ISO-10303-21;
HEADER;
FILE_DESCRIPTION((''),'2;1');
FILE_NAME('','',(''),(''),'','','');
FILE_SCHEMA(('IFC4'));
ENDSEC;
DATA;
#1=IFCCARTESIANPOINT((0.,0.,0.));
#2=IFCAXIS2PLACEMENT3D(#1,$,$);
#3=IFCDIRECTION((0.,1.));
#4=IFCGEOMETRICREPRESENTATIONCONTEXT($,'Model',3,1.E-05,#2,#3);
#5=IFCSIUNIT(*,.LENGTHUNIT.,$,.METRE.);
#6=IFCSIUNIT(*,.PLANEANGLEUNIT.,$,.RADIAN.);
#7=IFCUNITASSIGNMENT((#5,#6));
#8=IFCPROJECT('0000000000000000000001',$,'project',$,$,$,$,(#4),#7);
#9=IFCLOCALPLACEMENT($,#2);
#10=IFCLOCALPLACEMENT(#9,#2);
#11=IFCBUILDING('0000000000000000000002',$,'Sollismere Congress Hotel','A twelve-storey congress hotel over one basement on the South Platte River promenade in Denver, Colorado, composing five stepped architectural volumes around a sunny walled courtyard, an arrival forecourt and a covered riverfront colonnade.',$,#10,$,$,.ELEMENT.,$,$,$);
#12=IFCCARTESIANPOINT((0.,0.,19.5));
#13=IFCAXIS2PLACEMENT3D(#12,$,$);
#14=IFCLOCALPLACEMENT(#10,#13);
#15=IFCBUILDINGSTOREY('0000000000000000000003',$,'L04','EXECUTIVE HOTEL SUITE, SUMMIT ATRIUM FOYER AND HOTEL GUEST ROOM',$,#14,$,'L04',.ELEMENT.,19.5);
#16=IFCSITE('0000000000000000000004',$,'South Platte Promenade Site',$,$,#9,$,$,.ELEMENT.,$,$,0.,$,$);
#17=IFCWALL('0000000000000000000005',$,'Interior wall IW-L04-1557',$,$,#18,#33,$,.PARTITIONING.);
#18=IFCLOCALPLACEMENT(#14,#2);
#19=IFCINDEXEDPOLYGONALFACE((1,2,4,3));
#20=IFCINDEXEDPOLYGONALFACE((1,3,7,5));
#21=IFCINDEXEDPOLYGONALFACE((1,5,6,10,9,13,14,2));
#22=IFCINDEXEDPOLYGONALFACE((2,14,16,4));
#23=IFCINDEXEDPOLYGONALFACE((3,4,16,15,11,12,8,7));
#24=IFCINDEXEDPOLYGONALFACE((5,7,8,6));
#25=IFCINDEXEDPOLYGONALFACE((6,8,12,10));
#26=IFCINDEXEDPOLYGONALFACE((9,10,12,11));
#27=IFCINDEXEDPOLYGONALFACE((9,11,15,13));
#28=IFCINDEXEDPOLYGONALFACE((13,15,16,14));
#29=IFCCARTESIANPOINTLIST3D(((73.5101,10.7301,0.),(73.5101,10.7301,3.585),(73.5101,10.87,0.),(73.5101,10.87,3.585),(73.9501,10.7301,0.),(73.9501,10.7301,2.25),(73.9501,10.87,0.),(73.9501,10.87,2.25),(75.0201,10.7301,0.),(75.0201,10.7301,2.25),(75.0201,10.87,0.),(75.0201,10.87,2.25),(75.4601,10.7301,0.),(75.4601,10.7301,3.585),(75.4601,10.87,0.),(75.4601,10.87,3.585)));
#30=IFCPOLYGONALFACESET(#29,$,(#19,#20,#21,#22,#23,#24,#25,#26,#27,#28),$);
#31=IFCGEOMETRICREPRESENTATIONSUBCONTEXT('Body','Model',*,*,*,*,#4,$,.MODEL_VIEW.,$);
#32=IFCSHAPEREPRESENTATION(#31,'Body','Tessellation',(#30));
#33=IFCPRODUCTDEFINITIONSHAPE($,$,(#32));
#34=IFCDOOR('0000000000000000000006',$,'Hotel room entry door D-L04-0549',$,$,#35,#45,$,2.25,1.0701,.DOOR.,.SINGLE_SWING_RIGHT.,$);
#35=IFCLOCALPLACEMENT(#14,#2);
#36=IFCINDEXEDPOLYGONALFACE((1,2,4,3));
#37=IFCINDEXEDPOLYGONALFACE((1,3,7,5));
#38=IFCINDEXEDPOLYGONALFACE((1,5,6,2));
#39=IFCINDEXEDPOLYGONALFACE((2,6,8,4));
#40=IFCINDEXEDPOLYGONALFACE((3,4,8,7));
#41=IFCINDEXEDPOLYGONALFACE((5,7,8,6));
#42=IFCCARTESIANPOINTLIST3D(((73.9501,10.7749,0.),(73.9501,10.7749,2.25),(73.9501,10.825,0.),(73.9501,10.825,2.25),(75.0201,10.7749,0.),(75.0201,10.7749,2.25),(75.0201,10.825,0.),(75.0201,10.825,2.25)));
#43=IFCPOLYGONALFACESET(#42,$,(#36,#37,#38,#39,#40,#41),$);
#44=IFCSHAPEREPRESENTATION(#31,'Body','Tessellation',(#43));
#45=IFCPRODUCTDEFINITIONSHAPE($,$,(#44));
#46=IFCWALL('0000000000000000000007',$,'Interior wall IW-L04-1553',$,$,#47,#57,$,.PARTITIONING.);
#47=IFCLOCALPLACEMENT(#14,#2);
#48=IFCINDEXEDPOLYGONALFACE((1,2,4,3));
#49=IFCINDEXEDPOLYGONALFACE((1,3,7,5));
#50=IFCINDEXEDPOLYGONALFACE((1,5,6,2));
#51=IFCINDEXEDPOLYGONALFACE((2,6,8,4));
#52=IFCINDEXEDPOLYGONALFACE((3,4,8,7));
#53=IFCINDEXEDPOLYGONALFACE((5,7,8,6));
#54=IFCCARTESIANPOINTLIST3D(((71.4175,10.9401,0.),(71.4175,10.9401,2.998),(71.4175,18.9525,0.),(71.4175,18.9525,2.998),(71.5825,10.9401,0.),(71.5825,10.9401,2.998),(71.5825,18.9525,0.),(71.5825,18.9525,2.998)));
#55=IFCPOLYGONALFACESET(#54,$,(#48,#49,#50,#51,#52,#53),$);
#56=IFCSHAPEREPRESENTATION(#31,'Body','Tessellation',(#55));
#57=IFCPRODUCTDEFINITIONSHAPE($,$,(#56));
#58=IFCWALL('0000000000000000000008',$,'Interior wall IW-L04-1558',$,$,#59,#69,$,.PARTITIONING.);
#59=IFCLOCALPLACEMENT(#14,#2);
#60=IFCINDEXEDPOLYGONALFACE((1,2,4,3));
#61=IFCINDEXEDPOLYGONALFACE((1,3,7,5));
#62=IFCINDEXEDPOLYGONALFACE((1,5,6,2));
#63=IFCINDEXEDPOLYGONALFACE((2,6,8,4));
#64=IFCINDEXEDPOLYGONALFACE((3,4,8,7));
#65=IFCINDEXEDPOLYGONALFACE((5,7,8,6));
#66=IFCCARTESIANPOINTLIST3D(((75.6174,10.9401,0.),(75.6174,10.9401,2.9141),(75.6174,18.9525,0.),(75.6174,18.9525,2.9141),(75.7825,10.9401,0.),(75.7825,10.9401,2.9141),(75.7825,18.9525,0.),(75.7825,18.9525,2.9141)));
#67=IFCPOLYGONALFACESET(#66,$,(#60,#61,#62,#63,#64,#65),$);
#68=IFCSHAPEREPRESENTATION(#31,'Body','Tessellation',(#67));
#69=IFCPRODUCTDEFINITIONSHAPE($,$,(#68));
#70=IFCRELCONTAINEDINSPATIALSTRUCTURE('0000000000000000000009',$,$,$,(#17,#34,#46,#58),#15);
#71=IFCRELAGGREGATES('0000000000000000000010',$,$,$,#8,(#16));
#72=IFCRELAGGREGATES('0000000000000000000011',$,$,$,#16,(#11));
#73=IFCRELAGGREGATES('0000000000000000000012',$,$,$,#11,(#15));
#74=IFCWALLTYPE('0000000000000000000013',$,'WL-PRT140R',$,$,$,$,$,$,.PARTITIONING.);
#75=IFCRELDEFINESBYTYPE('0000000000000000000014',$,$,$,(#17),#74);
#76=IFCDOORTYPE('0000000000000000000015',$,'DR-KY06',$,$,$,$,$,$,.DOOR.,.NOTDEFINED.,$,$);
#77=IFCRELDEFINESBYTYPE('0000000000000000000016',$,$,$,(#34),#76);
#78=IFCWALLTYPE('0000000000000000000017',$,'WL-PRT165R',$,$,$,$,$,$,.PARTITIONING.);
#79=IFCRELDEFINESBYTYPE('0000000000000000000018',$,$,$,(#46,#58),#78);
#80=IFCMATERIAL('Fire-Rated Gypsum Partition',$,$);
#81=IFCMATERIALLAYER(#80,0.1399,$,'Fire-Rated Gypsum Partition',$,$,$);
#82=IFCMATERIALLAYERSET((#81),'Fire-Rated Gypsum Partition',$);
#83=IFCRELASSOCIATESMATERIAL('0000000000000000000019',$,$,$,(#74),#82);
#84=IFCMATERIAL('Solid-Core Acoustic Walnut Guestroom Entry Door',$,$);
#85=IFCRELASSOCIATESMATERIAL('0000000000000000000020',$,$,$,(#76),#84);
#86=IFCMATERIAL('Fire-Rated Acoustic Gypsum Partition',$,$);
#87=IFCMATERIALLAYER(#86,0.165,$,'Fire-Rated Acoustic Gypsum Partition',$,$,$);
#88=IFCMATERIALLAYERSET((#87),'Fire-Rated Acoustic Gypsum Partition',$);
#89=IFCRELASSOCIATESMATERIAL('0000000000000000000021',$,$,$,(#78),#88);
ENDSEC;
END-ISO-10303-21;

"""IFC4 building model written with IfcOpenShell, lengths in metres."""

from ifc_helpers import new_model, si_unit, direction, frame, frame_2d, origin, place, context, subcontext, project, spatial, rectangle, extrude, material, layer, layer_set, type_object, element, fill, save


model = new_model("IFC4")

# Units and contexts
model_context = context("Model", 3, precision=1e-05, world=origin(), true_north=direction((0.0, 1.0)))
body_context = subcontext(model_context, "Body", "Model", "MODEL_VIEW")
ifc_project = project(units=[si_unit("LENGTHUNIT", "METRE"), si_unit("PLANEANGLEUNIT", "RADIAN")], contexts=[model_context])

# Site, building, storey
site_placement = place(None, origin())
site = spatial("IfcSite", under=ifc_project, at=site_placement, Name="South Platte Promenade Site", CompositionType="ELEMENT", RefElevation=0.0)
building_placement = place(site_placement, origin())
building = spatial("IfcBuilding", under=site, at=building_placement, Name="Sollismere Congress Hotel", Description="A twelve-storey congress hotel over one basement on the South Platte River promenade in Denver, Colorado, composing five stepped architectural volumes around a sunny walled courtyard, an arrival forecourt and a covered riverfront colonnade.", CompositionType="ELEMENT")
storey_placement = place(building_placement, frame((0.0, 0.0, 19.5)))
storey = spatial("IfcBuildingStorey", under=building, at=storey_placement, Name="L04", Description="EXECUTIVE HOTEL SUITE, SUMMIT ATRIUM FOYER AND HOTEL GUEST ROOM", LongName="L04", CompositionType="ELEMENT", Elevation=19.5)

# Shared definitions
ifc_material_1 = material(Name="Fire-Rated Gypsum Partition")
ifc_layer_1 = layer(ifc_material_1, 0.1399, Name="Fire-Rated Gypsum Partition")
ifc_layer_set_1 = layer_set([ifc_layer_1], Name="Fire-Rated Gypsum Partition")
wall_type_1 = type_object("IfcWallType", Name="WL-PRT140R", PredefinedType="PARTITIONING", material=ifc_layer_set_1)
ifc_material_2 = material(Name="Solid-Core Acoustic Walnut Guestroom Entry Door")

# Wall, opening, door
wall_1_placement = place(storey_placement, frame((73.51, 10.8, 0.0), z_axis=(0.0, 0.0, 1.0), x_axis=(1.0, 0.0, 0.0)))
wall_1 = element("IfcWall", 1, at=wall_1_placement, inside=storey, type_object=wall_type_1, Name="Interior wall IW-L04-1557", PredefinedType="PARTITIONING", context=body_context, shape_type="SweptSolid", body=[
    extrude(rectangle(XDim=1.95, YDim=0.1399, at=frame_2d((0.9751, 0.0))), origin(), (0.0, 0.0, 1.0), 3.585),
])
opening_1_placement = place(wall_1_placement, frame((0.4399, 0.0, 0.0)))
opening_1 = element("IfcOpeningElement", 2, at=opening_1_placement, cuts=wall_1, PredefinedType="OPENING", context=body_context, shape_type="SweptSolid", body=[
    extrude(rectangle(XDim=1.0701, YDim=2.25, at=frame_2d((0.5352, 1.125))), frame((0.0, 0.0798, 0.0), z_axis=(0.0, -1.0, 0.0), x_axis=(1.0, 0.0, 0.0)), (0.0, 0.0, 1.0), 0.1599),
])
door_type_1 = type_object("IfcDoorType", Name="DR-KY06", OperationType="NOTDEFINED", PredefinedType="DOOR", material=ifc_material_2)
door_1_placement = place(opening_1_placement, origin())
door_1 = element("IfcDoor", 3, at=door_1_placement, inside=storey, type_object=door_type_1, Name="Hotel room entry door D-L04-0549", OperationType="SINGLE_SWING_RIGHT", OverallHeight=2.25, OverallWidth=1.0701, PredefinedType="DOOR", context=body_context, shape_type="SweptSolid", body=[
    extrude(rectangle(XDim=1.0701, YDim=2.25, at=frame_2d((0.5352, 1.125))), frame((0.0, 0.0249, 0.0), z_axis=(0.0, -1.0, 0.0), x_axis=(1.0, 0.0, 0.0)), (0.0, 0.0, 1.0), 0.05),
])
fill(opening_1, door_1)

# Walls
ifc_material_3 = material(Name="Fire-Rated Acoustic Gypsum Partition")
ifc_layer_2 = layer(ifc_material_3, 0.165, Name="Fire-Rated Acoustic Gypsum Partition")
ifc_layer_set_2 = layer_set([ifc_layer_2], Name="Fire-Rated Acoustic Gypsum Partition")
wall_type_2 = type_object("IfcWallType", Name="WL-PRT165R", PredefinedType="PARTITIONING", material=ifc_layer_set_2)
wall_2_placement = place(storey_placement, frame((71.5, 10.9399, 0.0), z_axis=(0.0, 0.0, 1.0), x_axis=(0.0, 1.0, 0.0)))
element("IfcWall", 4, at=wall_2_placement, inside=storey, type_object=wall_type_2, Name="Interior wall IW-L04-1553", PredefinedType="PARTITIONING", context=body_context, shape_type="SweptSolid", body=[
    extrude(rectangle(XDim=8.0125, YDim=0.165, at=frame_2d((4.0063, 0.0))), origin(), (0.0, 0.0, 1.0), 2.998),
])
wall_3_placement = place(storey_placement, frame((75.7, 10.9399, 0.0), z_axis=(0.0, 0.0, 1.0), x_axis=(0.0, 1.0, 0.0)))
element("IfcWall", 5, at=wall_3_placement, inside=storey, type_object=wall_type_2, Name="Interior wall IW-L04-1558", PredefinedType="PARTITIONING", context=body_context, shape_type="SweptSolid", body=[
    extrude(rectangle(XDim=8.0125, YDim=0.165, at=frame_2d((4.0063, 0.0))), origin(), (0.0, 0.0, 1.0), 2.9141),
])

save(model, "model.ifc")
